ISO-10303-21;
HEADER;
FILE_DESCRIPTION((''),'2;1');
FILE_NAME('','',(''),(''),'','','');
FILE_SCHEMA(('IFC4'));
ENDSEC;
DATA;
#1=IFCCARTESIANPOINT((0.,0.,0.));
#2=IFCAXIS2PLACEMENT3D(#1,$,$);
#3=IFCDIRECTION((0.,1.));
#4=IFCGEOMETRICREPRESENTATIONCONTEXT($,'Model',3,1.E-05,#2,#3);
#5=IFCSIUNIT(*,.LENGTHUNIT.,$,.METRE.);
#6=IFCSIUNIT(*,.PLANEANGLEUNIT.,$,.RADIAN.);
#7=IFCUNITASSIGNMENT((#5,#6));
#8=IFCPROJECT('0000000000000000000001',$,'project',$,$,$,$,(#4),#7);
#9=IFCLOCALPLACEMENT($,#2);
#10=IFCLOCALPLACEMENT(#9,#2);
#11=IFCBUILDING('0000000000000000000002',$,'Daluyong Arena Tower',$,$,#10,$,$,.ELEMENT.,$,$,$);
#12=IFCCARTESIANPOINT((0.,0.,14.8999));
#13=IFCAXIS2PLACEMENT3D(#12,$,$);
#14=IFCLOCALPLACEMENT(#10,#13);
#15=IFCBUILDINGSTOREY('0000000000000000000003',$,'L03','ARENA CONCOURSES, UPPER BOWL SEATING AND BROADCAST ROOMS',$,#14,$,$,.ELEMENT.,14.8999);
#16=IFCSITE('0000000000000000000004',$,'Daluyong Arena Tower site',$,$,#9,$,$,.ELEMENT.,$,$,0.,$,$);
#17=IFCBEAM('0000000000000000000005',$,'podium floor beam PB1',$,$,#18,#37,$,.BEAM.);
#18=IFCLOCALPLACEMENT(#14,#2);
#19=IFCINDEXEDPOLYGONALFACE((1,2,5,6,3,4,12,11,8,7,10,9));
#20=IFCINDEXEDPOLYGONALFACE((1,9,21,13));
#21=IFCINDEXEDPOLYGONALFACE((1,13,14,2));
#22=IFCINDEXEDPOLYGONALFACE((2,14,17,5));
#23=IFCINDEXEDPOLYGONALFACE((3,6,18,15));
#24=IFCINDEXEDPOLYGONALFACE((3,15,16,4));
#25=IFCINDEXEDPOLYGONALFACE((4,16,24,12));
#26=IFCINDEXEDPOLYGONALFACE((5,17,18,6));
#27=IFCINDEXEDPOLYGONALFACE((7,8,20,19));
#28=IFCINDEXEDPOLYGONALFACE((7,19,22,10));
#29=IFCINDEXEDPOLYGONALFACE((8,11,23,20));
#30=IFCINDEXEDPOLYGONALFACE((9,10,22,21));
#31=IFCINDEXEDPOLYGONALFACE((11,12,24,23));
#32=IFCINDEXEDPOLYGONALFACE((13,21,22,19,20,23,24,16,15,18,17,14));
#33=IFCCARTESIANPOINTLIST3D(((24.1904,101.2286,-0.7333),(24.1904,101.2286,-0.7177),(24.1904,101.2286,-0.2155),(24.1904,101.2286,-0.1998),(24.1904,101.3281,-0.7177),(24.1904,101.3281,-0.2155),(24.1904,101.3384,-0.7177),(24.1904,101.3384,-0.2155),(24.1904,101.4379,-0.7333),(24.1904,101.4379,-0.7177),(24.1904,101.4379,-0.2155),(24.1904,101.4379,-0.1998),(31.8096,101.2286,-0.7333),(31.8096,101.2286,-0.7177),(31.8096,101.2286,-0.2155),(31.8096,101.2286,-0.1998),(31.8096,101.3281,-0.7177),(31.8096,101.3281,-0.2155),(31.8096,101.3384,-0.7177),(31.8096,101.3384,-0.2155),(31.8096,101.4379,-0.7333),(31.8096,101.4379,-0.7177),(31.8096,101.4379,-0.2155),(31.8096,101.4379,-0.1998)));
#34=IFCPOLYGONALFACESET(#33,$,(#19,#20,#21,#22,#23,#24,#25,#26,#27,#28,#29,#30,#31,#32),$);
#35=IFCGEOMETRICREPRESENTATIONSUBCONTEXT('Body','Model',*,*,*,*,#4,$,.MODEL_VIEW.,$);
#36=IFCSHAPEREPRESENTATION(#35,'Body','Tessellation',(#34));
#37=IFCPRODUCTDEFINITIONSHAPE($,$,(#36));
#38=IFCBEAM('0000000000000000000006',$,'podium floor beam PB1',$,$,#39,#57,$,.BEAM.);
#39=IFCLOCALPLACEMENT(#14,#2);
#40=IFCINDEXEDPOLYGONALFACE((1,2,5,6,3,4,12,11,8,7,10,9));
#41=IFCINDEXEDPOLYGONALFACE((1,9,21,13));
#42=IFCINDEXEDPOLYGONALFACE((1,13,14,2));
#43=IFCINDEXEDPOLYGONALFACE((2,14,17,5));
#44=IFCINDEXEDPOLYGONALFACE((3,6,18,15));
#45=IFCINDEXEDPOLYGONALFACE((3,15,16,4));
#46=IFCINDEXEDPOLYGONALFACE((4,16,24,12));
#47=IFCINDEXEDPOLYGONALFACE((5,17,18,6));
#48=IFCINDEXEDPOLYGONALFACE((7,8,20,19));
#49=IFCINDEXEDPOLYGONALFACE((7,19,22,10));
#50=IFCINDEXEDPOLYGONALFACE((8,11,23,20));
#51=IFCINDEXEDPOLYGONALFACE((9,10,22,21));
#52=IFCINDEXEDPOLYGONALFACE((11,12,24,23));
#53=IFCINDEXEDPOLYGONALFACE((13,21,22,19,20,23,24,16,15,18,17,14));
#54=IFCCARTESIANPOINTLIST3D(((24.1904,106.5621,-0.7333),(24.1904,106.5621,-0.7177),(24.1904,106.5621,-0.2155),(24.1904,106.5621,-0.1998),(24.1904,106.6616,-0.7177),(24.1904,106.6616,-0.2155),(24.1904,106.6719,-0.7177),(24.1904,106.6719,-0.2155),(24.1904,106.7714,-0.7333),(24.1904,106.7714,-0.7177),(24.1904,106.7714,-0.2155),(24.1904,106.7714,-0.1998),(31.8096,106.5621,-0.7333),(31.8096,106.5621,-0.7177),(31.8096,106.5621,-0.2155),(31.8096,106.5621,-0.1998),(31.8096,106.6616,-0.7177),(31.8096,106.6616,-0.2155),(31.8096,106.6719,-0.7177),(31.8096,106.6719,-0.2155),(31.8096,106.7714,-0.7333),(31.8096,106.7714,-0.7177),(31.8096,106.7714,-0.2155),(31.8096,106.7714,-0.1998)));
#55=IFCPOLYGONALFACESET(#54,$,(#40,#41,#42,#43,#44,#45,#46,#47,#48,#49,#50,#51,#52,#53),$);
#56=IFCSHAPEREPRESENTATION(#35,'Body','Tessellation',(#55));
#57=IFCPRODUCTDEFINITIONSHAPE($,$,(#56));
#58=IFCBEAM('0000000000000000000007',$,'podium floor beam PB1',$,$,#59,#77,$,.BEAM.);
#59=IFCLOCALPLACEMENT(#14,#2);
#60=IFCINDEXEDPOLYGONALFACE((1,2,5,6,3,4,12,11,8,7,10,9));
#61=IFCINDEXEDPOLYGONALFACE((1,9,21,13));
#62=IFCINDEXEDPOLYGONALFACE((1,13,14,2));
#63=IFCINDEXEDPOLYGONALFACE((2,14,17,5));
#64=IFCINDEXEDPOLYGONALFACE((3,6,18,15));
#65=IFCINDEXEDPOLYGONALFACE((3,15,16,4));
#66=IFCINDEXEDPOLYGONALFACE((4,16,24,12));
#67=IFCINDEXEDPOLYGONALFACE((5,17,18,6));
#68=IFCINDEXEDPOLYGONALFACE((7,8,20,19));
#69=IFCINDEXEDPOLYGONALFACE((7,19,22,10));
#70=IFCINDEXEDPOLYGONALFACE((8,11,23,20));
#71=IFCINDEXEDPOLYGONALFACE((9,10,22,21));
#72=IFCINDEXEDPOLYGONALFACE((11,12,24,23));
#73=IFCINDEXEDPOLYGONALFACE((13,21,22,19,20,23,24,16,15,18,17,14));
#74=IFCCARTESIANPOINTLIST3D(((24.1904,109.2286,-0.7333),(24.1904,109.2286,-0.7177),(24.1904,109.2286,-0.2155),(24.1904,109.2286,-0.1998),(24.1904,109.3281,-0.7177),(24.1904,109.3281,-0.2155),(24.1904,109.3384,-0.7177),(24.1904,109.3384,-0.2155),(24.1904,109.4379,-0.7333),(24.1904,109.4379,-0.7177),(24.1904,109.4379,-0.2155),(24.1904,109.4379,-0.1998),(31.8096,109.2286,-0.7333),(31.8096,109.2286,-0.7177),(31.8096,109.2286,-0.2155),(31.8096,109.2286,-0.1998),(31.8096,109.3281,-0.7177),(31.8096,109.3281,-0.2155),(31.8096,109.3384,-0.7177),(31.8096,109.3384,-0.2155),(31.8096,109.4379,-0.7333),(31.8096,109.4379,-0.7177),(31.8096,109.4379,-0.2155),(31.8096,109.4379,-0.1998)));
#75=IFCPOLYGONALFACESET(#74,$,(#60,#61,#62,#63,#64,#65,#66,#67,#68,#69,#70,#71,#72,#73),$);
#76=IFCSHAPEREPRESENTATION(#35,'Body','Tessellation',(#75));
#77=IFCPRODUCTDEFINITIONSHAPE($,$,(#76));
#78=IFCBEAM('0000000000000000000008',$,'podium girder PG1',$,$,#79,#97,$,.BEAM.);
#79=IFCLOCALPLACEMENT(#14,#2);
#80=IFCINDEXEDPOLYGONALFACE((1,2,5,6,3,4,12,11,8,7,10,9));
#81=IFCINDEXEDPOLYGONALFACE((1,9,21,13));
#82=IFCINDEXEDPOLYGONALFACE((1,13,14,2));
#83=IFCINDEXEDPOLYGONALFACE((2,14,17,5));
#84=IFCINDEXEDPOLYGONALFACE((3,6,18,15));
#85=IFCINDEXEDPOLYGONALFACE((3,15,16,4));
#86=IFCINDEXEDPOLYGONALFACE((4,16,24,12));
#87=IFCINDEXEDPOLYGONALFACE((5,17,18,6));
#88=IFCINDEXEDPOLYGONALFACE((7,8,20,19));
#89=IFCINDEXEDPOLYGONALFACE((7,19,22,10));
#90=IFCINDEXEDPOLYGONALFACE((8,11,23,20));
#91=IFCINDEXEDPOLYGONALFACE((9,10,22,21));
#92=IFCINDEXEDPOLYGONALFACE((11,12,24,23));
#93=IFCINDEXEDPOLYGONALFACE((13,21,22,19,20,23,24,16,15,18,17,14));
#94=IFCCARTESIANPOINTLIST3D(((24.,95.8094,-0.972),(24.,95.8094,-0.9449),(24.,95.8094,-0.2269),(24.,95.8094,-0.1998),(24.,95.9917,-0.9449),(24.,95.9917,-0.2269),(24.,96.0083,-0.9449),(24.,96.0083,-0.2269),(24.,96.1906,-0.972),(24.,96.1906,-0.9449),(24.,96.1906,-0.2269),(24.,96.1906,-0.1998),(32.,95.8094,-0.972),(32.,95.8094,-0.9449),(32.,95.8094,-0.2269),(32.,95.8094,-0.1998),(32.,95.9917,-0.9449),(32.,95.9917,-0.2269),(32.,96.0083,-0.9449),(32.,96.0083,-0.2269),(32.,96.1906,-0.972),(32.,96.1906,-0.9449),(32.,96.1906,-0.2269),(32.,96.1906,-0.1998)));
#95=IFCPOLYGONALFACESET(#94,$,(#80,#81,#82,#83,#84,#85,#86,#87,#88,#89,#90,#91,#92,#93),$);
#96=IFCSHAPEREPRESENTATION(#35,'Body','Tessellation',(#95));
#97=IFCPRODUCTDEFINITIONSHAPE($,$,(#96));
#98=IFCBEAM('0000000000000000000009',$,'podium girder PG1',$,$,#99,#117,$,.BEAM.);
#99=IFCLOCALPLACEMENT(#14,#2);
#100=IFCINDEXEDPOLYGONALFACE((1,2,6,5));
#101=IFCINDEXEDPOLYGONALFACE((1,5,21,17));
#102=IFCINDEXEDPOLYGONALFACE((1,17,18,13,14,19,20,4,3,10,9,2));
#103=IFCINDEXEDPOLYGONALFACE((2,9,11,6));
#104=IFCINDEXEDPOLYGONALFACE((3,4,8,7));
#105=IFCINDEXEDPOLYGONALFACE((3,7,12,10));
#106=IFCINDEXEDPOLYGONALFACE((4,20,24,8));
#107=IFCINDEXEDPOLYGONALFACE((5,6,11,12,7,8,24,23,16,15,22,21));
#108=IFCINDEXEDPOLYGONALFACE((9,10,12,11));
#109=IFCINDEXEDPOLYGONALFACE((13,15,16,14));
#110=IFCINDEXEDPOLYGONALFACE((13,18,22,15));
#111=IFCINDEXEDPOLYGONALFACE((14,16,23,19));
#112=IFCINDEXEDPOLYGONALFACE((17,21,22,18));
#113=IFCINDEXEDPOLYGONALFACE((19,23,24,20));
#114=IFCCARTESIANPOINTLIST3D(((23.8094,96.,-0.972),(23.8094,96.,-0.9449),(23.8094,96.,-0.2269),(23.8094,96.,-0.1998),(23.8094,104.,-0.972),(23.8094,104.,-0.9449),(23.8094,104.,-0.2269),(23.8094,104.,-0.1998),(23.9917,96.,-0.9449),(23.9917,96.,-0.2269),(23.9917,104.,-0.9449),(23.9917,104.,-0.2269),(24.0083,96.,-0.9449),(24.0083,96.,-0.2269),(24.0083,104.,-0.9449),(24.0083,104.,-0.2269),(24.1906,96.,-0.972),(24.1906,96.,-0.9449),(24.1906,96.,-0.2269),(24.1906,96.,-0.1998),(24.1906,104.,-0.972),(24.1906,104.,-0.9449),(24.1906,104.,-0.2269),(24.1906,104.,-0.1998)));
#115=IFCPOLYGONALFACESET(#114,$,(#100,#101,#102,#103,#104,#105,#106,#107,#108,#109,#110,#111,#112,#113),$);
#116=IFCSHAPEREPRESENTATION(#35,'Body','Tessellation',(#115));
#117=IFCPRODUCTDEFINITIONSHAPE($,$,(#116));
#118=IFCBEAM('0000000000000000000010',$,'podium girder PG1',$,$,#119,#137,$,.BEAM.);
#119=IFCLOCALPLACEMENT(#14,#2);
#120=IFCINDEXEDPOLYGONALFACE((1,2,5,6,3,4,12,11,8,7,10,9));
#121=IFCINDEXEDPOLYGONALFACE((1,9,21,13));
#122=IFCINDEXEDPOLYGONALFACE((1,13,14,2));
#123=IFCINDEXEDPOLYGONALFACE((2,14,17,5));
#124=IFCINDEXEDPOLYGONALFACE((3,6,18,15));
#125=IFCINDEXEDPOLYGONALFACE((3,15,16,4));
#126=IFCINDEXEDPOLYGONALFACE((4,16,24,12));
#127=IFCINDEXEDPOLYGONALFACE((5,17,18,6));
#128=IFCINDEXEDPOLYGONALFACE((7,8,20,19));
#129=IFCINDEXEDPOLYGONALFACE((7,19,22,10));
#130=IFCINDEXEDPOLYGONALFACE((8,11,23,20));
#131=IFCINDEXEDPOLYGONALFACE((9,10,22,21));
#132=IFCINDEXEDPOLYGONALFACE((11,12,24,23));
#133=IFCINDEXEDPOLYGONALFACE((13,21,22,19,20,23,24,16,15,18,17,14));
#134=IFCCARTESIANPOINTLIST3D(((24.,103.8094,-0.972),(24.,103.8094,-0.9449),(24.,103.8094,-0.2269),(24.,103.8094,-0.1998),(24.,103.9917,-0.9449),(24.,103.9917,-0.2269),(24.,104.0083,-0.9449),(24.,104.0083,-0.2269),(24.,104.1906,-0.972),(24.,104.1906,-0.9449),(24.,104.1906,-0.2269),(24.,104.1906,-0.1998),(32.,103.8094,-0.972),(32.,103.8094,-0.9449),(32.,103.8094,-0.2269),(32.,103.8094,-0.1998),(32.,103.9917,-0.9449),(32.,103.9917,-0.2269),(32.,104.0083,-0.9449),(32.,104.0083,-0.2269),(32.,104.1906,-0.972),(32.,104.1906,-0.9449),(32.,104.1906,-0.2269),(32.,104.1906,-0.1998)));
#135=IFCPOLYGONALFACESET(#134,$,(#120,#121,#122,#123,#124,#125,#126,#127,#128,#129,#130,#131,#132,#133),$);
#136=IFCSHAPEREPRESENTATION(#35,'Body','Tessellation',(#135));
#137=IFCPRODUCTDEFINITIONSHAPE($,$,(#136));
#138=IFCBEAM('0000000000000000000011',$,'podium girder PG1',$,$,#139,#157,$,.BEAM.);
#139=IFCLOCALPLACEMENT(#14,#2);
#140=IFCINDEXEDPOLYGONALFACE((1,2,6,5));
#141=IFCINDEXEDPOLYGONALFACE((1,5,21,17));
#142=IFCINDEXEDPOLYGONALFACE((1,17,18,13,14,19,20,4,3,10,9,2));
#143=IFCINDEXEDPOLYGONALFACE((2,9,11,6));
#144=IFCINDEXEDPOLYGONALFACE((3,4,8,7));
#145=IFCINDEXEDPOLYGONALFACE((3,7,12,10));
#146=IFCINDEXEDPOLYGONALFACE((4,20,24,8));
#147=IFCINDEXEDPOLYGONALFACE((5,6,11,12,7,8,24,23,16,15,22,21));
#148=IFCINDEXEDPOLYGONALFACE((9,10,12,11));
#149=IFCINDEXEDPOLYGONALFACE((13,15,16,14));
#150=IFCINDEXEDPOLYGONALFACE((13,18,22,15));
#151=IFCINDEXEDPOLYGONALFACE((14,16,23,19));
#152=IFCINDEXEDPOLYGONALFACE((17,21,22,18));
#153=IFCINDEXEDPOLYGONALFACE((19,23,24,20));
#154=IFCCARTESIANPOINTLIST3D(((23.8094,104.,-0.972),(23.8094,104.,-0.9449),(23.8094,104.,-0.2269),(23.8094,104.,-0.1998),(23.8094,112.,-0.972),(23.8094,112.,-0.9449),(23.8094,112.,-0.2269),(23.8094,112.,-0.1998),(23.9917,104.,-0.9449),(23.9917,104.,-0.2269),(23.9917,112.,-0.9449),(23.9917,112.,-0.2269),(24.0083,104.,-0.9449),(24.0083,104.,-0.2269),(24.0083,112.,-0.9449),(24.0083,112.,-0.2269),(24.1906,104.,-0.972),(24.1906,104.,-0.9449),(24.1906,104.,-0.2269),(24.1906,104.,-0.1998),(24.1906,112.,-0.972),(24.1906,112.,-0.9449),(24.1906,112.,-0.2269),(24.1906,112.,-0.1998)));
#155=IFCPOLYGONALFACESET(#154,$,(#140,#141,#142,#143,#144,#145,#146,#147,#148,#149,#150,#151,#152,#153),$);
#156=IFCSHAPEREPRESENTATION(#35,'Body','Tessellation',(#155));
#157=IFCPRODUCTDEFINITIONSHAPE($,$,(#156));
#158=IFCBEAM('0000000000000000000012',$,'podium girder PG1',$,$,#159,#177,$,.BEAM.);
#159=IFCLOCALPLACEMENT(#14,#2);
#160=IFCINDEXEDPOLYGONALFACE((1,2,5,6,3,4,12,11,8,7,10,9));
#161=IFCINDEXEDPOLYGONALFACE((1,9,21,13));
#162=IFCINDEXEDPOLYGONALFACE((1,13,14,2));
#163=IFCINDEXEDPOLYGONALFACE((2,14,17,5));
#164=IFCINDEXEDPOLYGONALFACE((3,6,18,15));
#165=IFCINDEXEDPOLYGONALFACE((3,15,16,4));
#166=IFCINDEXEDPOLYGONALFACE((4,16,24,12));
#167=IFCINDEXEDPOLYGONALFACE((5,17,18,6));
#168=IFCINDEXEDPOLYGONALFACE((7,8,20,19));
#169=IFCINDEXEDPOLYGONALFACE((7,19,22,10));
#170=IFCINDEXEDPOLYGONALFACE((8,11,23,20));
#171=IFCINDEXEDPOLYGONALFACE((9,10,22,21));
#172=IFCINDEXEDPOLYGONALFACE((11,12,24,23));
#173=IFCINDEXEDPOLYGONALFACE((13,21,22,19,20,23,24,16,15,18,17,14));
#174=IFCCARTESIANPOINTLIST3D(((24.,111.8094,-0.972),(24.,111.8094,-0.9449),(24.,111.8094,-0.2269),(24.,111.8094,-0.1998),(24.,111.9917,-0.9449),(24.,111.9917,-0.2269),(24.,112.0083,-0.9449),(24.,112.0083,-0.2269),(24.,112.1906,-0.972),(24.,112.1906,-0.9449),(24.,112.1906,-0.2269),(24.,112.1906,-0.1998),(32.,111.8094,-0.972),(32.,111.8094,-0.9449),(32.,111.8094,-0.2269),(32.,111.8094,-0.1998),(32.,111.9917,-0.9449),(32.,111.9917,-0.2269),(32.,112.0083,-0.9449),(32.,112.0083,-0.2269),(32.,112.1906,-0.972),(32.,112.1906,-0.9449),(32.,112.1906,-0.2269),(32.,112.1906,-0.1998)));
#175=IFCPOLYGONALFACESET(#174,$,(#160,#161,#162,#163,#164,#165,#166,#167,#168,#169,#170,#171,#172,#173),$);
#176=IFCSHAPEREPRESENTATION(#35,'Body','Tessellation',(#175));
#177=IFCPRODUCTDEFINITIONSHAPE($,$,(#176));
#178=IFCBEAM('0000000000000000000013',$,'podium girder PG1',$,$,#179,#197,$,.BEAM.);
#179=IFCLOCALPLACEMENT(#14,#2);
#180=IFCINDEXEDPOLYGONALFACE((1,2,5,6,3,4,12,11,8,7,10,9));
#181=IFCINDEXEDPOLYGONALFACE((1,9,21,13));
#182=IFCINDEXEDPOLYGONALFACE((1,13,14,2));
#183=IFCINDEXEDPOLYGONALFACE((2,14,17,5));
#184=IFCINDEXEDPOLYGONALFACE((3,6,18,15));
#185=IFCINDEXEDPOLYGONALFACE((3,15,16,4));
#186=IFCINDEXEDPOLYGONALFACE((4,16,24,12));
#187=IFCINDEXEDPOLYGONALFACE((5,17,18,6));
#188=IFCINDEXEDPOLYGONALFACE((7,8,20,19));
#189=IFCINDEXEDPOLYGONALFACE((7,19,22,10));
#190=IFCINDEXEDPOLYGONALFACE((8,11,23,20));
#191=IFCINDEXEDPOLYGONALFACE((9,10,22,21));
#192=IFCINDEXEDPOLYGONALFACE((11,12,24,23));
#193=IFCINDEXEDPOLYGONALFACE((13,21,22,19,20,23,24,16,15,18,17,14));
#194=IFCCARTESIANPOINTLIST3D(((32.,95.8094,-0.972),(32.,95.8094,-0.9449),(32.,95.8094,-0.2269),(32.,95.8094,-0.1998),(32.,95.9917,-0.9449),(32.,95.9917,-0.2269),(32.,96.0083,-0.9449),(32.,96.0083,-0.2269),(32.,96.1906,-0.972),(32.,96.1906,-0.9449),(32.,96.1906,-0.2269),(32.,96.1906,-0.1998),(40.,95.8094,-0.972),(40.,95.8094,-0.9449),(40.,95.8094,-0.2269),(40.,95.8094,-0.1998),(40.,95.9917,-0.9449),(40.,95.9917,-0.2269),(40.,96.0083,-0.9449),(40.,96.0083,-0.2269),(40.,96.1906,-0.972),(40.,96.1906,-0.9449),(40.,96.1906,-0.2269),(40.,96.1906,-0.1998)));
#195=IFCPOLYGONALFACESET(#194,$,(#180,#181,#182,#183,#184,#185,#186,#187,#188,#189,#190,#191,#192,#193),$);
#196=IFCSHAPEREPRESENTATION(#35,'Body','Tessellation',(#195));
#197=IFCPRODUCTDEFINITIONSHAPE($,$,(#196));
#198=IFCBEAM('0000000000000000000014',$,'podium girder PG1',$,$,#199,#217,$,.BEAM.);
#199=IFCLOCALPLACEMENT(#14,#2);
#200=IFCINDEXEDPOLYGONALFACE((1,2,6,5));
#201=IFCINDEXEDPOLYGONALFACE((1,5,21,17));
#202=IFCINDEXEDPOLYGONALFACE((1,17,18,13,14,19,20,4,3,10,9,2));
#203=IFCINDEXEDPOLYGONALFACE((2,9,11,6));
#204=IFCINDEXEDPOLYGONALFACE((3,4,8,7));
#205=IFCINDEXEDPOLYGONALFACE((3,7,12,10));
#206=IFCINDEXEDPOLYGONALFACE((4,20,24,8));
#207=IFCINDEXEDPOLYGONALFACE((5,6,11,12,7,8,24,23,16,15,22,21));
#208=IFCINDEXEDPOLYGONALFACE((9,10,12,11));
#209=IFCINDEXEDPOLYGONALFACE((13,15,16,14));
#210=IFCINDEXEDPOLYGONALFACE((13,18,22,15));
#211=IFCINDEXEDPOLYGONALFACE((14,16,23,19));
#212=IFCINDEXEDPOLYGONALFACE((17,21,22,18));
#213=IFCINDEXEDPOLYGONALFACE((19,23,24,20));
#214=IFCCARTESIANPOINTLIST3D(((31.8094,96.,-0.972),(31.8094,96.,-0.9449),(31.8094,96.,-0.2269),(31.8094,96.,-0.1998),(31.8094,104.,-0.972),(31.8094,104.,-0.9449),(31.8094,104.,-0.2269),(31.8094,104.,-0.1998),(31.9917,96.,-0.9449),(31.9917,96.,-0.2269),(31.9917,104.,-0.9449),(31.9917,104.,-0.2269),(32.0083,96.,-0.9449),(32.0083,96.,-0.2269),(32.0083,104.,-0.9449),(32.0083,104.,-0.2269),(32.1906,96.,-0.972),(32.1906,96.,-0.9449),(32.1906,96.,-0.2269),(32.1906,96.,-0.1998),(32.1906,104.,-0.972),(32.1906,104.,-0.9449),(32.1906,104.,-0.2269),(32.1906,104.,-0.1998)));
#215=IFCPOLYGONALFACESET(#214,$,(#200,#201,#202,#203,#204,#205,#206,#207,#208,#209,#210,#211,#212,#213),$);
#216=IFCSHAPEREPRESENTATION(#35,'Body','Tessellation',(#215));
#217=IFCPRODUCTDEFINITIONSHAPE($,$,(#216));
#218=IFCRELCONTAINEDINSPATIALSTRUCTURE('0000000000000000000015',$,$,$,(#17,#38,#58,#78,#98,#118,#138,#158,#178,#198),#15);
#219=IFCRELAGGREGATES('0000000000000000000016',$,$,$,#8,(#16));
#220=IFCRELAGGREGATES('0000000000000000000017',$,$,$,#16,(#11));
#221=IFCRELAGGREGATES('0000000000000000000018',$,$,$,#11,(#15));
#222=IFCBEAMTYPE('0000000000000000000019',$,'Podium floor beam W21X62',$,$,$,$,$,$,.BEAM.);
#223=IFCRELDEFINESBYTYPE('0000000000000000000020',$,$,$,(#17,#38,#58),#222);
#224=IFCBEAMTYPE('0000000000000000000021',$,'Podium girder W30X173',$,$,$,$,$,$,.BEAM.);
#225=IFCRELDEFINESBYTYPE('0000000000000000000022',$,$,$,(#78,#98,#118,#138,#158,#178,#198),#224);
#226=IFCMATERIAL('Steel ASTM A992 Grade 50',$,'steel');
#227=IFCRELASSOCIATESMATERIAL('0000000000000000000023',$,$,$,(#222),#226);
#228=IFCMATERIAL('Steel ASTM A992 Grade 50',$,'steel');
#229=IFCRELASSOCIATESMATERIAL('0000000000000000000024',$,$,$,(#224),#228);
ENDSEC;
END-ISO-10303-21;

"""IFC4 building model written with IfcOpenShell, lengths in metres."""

from ifc_helpers import new_model, si_unit, direction, frame, origin, origin_2d, place, context, subcontext, project, spatial, i_section, extrude, material, material_profile, profile_set, type_object, element, save


model = new_model("IFC4")

# Units and contexts
model_context = context("Model", 3, precision=1e-05, world=origin(), true_north=direction((0.0, 1.0)))
body_context = subcontext(model_context, "Body", "Model", "MODEL_VIEW")
ifc_project = project(units=[si_unit("LENGTHUNIT", "METRE"), si_unit("PLANEANGLEUNIT", "RADIAN")], contexts=[model_context])

# Site, building, storey
site_placement = place(None, origin())
site = spatial("IfcSite", under=ifc_project, at=site_placement, Name="Daluyong Arena Tower site", CompositionType="ELEMENT", RefElevation=0.0)
building_placement = place(site_placement, origin())
building = spatial("IfcBuilding", under=site, at=building_placement, Name="Daluyong Arena Tower", CompositionType="ELEMENT")
storey_placement = place(building_placement, frame((0.0, 0.0, 14.8999)))
storey = spatial("IfcBuildingStorey", under=building, at=storey_placement, Name="L03", Description="ARENA CONCOURSES, UPPER BOWL SEATING AND BROADCAST ROOMS", CompositionType="ELEMENT", Elevation=14.8999)

# Beams
ifc_material_1 = material(Name="Steel ASTM A992 Grade 50", Category="steel")
ifc_material_profile_1 = material_profile(ifc_material_1, i_section(OverallWidth=0.2092, OverallDepth=0.5334, WebThickness=0.0103, FlangeThickness=0.0156, at=origin_2d()))
ifc_profile_set_1 = profile_set([ifc_material_profile_1], Name="Steel ASTM A992 Grade 50")
beam_type_1 = type_object("IfcBeamType", Name="Podium floor beam W21X62", PredefinedType="BEAM", material=ifc_profile_set_1)
for number, where, z_axis, x_axis, name in (
    (1, (24.1904, 101.3333, -0.4666), (1.0, 0.0, 0.0), (0.0, 1.0, 0.0), "podium floor beam PB1"),
    (2, (24.1904, 106.6667, -0.4666), (1.0, 0.0, 0.0), (0.0, 1.0, 0.0), "podium floor beam PB1"),
    (3, (24.1904, 109.3333, -0.4666), (1.0, 0.0, 0.0), (0.0, 1.0, 0.0), "podium floor beam PB1"),
):
    element("IfcBeam", number, at=place(storey_placement, frame(where, z_axis=z_axis, x_axis=x_axis)), inside=storey, type_object=beam_type_1, Name=name, PredefinedType="BEAM", context=body_context, shape_type="SweptSolid", body=[
        extrude(i_section(OverallWidth=0.2092, OverallDepth=0.5334, WebThickness=0.0103, FlangeThickness=0.0156, at=origin_2d()), origin(), (0.0, 0.0, 1.0), 7.6191),
    ])
ifc_material_2 = material(Name="Steel ASTM A992 Grade 50", Category="steel")
ifc_material_profile_2 = material_profile(ifc_material_2, i_section(OverallWidth=0.3811, OverallDepth=0.7722, WebThickness=0.0166, FlangeThickness=0.0271, at=origin_2d()))
ifc_profile_set_2 = profile_set([ifc_material_profile_2], Name="Steel ASTM A992 Grade 50")
beam_type_2 = type_object("IfcBeamType", Name="Podium girder W30X173", PredefinedType="BEAM", material=ifc_profile_set_2)
for number, where, z_axis, x_axis, name in (
    (4, (24.0, 96.0, -0.5859), (1.0, 0.0, 0.0), (0.0, 1.0, 0.0), "podium girder PG1"),
    (5, (24.0, 96.0, -0.5859), (0.0, 1.0, 0.0), (-1.0, 0.0, 0.0), "podium girder PG1"),
    (6, (24.0, 104.0, -0.5859), (1.0, 0.0, 0.0), (0.0, 1.0, 0.0), "podium girder PG1"),
    (7, (24.0, 104.0, -0.5859), (0.0, 1.0, 0.0), (-1.0, 0.0, 0.0), "podium girder PG1"),
    (8, (24.0, 112.0, -0.5859), (1.0, 0.0, 0.0), (0.0, 1.0, 0.0), "podium girder PG1"),
    (9, (32.0, 96.0, -0.5859), (1.0, 0.0, 0.0), (0.0, 1.0, 0.0), "podium girder PG1"),
    (10, (32.0, 96.0, -0.5859), (0.0, 1.0, 0.0), (-1.0, 0.0, 0.0), "podium girder PG1"),
):
    element("IfcBeam", number, at=place(storey_placement, frame(where, z_axis=z_axis, x_axis=x_axis)), inside=storey, type_object=beam_type_2, Name=name, PredefinedType="BEAM", context=body_context, shape_type="SweptSolid", body=[
        extrude(i_section(OverallWidth=0.3811, OverallDepth=0.7722, WebThickness=0.0166, FlangeThickness=0.0271, at=origin_2d()), origin(), (0.0, 0.0, 1.0), 8.0),
    ])

save(model, "model.ifc")
